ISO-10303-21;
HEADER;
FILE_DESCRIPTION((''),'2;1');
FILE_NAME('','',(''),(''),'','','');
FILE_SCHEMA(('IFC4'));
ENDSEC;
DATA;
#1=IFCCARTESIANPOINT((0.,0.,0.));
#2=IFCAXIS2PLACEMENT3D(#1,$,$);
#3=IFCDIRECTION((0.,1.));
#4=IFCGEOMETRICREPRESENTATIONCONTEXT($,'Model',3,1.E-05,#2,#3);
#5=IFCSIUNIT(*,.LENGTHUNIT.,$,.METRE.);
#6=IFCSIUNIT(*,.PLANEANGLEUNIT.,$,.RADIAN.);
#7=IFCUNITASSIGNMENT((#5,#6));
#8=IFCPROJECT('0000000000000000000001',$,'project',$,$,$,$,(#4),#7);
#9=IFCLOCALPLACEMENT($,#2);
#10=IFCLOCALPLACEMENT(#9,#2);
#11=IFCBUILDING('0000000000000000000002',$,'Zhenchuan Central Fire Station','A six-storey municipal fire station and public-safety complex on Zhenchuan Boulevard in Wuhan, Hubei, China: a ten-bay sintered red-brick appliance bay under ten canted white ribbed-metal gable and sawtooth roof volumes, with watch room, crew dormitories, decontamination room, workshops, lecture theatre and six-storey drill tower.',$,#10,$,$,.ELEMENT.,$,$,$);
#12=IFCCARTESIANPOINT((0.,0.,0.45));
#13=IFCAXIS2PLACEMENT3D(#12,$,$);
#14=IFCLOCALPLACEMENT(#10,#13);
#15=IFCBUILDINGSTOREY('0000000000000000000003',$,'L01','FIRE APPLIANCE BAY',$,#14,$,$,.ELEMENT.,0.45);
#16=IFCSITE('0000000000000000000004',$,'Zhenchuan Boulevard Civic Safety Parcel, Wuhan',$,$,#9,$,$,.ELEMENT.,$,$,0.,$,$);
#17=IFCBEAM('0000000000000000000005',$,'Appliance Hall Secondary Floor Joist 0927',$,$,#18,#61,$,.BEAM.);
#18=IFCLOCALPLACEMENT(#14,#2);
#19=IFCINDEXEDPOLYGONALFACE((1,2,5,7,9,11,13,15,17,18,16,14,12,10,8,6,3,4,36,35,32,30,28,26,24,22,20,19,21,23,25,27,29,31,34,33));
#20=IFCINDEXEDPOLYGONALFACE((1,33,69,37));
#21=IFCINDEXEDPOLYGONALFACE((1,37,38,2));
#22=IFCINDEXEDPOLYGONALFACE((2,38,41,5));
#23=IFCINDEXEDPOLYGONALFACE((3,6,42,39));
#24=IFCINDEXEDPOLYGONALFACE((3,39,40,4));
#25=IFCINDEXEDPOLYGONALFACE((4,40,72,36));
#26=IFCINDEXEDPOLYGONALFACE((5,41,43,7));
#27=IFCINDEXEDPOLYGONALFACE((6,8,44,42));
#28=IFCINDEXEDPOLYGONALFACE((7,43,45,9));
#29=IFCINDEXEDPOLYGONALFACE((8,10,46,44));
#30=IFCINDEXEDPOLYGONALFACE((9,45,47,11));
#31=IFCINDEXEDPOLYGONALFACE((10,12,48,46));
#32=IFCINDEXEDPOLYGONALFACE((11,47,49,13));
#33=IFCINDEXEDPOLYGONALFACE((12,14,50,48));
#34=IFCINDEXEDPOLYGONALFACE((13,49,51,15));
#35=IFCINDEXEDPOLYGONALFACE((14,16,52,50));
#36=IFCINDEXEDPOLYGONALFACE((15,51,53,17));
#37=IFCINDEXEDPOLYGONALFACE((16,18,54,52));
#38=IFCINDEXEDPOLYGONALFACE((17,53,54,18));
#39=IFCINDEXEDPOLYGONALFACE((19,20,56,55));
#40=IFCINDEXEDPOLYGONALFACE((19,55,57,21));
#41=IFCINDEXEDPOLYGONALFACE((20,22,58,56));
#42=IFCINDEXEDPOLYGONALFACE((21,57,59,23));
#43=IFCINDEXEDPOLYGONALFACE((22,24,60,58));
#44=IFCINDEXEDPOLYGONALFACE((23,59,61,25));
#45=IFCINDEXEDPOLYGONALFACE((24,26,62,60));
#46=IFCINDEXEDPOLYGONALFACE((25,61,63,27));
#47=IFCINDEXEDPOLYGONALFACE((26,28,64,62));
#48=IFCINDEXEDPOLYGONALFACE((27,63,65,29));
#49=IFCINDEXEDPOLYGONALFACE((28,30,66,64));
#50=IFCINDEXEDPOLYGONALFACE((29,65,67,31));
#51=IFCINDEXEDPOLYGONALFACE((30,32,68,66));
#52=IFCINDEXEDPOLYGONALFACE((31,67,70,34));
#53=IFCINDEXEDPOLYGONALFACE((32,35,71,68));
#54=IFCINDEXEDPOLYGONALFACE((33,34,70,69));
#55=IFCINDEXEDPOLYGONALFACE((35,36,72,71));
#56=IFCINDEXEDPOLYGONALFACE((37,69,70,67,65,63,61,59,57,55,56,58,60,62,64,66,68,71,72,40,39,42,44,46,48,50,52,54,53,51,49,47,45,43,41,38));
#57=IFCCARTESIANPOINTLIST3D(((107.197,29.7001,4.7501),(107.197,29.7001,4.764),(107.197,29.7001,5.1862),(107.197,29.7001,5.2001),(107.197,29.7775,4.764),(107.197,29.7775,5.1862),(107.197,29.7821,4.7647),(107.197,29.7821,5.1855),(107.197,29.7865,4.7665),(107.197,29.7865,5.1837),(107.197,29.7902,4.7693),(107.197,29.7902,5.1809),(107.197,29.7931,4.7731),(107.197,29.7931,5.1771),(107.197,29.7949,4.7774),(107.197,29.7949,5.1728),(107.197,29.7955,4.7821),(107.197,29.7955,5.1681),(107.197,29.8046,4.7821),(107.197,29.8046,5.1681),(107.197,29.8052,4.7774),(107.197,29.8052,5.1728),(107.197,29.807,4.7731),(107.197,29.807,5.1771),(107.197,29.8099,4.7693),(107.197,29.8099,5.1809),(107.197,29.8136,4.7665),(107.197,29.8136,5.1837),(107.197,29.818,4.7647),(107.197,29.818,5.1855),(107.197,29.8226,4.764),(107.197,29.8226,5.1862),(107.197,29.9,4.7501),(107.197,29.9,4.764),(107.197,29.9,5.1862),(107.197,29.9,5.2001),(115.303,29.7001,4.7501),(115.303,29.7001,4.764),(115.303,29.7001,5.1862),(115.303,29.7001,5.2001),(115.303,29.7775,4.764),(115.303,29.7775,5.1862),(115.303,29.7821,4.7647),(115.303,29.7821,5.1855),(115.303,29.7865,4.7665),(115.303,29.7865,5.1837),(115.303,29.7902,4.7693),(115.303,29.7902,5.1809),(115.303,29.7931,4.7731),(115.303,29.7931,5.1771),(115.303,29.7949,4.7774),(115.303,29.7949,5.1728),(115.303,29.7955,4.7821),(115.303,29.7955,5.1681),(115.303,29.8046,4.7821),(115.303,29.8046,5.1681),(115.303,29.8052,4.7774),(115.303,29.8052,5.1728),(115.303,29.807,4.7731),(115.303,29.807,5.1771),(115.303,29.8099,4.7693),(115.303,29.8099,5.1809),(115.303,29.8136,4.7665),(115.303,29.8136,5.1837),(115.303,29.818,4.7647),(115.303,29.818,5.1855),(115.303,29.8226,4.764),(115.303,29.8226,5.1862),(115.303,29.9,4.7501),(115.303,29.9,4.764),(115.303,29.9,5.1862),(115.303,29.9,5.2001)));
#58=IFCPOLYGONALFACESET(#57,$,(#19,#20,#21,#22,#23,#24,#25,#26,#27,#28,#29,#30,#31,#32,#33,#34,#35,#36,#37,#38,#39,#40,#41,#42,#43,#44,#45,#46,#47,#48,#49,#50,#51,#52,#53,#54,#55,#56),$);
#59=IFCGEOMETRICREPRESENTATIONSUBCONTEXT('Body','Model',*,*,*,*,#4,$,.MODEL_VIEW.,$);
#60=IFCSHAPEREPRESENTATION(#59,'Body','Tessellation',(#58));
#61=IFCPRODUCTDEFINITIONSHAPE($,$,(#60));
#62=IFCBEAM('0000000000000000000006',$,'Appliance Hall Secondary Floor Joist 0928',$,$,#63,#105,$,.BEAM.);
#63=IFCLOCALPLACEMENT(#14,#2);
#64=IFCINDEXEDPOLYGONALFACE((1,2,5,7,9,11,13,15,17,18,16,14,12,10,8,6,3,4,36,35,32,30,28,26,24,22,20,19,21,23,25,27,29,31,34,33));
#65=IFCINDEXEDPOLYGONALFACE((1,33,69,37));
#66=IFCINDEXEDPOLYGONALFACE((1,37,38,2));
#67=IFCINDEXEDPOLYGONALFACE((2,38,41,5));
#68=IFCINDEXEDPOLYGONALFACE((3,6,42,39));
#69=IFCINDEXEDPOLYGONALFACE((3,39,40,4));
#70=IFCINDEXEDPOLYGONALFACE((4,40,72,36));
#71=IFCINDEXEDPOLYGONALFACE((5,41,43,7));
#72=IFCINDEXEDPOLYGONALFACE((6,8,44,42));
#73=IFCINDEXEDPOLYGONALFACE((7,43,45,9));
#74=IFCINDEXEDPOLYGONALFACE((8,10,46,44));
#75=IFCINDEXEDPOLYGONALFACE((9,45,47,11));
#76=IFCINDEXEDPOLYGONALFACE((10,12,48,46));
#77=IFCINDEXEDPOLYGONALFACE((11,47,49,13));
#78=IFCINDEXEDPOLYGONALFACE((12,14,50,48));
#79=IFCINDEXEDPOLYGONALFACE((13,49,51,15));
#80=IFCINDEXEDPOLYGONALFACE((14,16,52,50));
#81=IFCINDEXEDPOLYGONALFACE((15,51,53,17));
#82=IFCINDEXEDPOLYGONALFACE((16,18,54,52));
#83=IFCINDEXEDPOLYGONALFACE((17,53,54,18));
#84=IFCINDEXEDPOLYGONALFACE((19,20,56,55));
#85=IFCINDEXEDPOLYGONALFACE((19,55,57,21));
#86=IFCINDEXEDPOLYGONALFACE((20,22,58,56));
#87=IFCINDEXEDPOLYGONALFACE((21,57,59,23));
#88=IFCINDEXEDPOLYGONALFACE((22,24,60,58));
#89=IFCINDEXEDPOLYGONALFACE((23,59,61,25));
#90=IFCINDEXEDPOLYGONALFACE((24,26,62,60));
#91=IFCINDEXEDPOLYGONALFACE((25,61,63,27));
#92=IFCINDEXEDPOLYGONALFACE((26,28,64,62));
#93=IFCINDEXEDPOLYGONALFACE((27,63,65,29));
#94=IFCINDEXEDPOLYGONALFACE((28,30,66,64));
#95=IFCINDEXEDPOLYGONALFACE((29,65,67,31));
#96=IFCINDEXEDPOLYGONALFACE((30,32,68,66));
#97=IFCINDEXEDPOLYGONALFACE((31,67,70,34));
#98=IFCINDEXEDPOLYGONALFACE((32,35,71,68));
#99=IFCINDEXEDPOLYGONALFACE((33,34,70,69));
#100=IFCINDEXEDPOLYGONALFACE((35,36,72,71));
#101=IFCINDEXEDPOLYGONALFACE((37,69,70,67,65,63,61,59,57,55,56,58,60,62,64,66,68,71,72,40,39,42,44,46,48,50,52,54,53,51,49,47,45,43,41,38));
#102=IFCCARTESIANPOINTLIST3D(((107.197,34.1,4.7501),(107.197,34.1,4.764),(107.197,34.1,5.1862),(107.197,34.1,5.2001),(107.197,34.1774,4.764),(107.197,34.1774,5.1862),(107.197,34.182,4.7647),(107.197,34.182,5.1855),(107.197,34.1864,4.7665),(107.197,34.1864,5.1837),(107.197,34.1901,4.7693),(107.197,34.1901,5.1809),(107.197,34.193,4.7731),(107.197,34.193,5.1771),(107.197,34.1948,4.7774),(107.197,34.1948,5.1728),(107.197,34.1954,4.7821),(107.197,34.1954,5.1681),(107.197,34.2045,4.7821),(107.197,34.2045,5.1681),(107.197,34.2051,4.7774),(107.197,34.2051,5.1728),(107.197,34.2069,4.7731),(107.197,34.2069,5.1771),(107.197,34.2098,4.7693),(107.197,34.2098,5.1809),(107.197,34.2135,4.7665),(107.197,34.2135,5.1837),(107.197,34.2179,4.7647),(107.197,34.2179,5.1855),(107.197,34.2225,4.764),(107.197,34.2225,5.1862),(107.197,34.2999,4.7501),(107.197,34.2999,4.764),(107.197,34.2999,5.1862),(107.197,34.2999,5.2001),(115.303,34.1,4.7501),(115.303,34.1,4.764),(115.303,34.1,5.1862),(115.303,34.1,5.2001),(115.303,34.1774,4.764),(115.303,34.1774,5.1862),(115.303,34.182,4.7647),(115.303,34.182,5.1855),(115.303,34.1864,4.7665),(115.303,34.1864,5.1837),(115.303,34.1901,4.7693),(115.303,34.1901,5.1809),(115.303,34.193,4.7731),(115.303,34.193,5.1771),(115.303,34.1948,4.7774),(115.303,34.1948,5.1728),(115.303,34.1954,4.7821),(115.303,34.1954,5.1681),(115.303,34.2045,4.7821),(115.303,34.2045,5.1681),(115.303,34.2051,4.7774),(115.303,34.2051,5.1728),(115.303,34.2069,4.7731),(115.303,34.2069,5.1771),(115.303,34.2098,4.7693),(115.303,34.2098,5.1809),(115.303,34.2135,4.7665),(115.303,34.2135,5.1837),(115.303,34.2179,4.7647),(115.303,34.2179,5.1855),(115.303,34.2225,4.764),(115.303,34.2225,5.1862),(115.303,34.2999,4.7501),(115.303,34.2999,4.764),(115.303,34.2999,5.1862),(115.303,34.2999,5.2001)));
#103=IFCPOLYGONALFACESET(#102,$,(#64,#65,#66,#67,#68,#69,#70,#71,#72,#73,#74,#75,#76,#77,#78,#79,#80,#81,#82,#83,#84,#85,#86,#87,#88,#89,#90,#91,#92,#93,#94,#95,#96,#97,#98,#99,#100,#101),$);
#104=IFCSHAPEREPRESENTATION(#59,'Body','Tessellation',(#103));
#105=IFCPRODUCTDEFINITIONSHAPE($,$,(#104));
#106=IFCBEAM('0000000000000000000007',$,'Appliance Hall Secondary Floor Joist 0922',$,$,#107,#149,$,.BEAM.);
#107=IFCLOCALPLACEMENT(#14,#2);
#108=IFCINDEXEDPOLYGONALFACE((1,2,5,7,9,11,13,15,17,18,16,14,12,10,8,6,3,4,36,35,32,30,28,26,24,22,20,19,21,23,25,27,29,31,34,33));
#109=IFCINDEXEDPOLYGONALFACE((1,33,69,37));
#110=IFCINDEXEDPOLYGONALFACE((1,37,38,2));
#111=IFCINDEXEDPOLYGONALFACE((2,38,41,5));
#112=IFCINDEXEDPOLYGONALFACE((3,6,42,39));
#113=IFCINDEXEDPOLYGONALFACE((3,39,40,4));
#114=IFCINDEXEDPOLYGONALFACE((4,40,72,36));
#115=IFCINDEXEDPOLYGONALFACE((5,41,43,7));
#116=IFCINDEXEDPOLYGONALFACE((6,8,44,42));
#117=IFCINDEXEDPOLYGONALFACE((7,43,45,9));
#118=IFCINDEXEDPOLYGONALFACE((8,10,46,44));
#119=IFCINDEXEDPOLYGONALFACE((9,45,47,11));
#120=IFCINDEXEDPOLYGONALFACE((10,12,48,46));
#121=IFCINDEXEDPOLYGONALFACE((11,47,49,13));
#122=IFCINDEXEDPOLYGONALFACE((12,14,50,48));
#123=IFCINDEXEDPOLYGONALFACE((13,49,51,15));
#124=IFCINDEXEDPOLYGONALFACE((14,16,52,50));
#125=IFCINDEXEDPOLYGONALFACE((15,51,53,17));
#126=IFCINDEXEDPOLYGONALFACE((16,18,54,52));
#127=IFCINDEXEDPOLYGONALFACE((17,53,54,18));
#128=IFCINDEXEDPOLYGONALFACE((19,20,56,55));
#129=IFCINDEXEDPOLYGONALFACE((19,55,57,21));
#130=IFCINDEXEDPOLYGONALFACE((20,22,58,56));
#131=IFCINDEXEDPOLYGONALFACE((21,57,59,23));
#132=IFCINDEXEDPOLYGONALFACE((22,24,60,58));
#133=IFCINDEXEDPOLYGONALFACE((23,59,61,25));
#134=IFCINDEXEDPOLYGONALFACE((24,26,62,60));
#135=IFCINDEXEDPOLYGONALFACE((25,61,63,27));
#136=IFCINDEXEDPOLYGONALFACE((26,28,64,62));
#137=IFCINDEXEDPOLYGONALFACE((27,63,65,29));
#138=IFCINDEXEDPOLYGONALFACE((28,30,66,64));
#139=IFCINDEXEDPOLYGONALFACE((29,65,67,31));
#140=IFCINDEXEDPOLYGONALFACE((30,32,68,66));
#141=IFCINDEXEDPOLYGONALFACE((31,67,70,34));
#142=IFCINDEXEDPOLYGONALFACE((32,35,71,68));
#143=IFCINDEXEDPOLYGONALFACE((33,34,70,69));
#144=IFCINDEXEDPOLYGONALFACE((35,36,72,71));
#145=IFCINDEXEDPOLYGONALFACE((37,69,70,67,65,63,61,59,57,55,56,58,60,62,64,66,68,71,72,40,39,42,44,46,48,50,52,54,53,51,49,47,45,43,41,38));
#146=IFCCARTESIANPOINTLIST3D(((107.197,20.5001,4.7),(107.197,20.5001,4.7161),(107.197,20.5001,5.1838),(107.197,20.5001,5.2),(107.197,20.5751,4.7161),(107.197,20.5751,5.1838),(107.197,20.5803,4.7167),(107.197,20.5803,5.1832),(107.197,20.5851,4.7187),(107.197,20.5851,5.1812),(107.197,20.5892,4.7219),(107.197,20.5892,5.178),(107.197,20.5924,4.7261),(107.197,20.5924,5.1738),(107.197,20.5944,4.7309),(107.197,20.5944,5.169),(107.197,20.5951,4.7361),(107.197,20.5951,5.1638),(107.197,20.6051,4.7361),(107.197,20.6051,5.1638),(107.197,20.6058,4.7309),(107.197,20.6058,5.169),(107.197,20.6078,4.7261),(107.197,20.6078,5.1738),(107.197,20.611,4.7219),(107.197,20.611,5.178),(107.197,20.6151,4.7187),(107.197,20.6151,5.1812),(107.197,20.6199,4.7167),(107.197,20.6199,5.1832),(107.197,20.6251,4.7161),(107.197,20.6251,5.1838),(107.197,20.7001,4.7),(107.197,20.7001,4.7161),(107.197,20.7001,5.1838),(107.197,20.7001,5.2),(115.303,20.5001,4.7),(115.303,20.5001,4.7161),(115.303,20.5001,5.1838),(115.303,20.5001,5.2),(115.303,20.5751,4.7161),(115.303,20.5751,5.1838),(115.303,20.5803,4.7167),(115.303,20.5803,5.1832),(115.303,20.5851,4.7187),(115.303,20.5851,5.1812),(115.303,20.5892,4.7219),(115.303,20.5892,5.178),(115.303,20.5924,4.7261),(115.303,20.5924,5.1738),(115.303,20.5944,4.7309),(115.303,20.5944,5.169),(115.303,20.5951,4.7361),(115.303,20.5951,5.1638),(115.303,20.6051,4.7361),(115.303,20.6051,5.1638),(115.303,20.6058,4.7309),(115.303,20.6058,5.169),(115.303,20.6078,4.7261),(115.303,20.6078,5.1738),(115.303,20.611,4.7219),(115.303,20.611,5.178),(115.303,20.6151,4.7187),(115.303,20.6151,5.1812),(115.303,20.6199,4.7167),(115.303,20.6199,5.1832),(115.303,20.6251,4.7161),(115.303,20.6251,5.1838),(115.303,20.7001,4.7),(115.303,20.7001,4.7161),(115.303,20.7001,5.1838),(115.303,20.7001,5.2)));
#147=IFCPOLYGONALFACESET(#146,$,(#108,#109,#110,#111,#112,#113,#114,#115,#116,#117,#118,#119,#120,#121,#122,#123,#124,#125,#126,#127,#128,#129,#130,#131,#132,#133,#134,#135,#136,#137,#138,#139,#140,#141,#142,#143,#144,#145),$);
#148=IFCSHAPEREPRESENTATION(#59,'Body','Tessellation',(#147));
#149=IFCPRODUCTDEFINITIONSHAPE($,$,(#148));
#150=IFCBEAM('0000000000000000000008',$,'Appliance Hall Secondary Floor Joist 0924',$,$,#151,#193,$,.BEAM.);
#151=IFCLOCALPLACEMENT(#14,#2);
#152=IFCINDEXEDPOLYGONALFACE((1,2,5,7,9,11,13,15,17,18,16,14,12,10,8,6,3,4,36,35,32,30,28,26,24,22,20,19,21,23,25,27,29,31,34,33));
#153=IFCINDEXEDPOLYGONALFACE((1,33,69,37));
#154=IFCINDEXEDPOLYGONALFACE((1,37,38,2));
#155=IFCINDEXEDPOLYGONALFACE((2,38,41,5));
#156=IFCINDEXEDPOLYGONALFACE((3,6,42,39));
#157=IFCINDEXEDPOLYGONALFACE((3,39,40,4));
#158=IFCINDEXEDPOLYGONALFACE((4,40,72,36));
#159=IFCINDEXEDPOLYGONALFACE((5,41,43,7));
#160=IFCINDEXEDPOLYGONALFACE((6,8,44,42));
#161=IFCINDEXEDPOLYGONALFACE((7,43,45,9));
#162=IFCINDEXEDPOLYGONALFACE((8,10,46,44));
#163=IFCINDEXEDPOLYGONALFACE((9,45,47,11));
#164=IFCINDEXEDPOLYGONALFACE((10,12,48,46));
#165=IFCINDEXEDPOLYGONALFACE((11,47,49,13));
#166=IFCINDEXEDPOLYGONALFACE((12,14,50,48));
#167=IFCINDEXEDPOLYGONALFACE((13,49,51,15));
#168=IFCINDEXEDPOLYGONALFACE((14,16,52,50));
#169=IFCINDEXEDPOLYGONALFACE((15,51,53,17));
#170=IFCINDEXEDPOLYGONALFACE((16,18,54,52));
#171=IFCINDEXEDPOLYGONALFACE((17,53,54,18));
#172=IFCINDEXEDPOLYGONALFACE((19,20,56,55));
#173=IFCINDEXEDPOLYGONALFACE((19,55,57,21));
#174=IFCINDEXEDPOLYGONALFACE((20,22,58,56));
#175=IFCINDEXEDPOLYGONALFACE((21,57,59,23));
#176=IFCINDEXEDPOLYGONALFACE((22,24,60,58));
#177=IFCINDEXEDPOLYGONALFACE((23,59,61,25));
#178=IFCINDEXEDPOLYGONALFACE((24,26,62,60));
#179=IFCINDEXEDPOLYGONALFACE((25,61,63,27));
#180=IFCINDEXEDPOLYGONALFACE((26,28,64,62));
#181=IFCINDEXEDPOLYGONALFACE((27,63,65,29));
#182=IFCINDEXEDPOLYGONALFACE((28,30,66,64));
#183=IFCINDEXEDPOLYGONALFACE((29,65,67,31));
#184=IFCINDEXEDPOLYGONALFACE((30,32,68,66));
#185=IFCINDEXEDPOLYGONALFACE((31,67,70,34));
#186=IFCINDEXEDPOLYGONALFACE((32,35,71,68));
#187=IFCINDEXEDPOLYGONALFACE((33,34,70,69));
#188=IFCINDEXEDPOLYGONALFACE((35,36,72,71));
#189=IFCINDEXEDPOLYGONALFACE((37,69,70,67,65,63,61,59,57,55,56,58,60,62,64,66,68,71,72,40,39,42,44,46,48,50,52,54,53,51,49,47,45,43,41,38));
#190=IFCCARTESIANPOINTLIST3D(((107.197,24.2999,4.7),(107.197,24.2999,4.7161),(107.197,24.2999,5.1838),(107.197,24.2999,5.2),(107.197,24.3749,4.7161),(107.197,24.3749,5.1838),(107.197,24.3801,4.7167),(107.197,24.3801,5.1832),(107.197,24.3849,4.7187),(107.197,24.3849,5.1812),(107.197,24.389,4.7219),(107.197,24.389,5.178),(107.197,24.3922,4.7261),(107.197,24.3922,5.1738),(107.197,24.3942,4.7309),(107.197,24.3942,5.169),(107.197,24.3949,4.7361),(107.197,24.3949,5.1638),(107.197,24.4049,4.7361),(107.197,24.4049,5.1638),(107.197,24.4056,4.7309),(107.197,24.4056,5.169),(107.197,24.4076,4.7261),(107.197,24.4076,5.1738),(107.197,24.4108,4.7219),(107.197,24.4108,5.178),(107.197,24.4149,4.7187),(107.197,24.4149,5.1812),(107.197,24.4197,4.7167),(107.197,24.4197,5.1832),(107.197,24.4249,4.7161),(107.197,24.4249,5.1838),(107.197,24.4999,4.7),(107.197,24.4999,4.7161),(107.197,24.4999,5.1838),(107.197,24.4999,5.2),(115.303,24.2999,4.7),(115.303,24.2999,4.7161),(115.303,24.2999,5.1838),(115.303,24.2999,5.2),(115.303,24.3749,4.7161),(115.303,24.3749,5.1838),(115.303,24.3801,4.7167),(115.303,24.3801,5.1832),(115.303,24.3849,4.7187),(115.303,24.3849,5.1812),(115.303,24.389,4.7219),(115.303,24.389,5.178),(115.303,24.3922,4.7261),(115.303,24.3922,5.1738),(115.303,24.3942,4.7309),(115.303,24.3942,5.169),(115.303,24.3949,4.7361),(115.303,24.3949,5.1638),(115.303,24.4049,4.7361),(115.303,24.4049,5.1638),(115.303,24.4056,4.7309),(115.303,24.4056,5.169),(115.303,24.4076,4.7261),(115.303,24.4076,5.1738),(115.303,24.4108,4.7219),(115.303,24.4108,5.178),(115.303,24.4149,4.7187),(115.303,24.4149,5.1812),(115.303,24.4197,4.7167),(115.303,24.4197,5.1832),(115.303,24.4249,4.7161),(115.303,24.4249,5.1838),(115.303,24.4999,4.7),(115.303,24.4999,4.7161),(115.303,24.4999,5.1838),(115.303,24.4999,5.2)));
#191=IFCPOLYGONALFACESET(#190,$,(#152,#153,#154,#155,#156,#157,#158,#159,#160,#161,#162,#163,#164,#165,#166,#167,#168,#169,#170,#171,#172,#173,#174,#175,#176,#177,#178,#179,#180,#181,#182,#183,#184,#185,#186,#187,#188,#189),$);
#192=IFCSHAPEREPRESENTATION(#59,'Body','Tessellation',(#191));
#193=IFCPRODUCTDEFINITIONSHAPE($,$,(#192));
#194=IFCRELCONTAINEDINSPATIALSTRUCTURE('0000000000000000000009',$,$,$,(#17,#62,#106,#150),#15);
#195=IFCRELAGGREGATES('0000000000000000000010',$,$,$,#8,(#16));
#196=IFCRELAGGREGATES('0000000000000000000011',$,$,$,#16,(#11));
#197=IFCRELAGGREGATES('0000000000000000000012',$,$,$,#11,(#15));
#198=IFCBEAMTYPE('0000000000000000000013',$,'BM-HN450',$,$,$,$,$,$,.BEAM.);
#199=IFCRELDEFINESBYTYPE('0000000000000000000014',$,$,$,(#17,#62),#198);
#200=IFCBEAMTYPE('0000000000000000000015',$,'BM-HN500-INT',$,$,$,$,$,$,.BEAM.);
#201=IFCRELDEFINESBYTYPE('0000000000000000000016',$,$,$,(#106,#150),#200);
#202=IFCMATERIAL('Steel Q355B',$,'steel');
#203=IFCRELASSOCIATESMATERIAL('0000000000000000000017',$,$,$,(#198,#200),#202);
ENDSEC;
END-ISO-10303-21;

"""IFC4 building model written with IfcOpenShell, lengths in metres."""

from ifc_helpers import new_model, si_unit, direction, frame, origin, origin_2d, place, context, subcontext, project, spatial, i_section, extrude, material, material_profile, profile_set, type_object, element, save


model = new_model("IFC4")

# Units and contexts
model_context = context("Model", 3, precision=1e-05, world=origin(), true_north=direction((0.0, 1.0)))
body_context = subcontext(model_context, "Body", "Model", "MODEL_VIEW")
ifc_project = project(units=[si_unit("LENGTHUNIT", "METRE"), si_unit("PLANEANGLEUNIT", "RADIAN")], contexts=[model_context])

# Site, building, storey
site_placement = place(None, origin())
site = spatial("IfcSite", under=ifc_project, at=site_placement, Name="Zhenchuan Boulevard Civic Safety Parcel, Wuhan", CompositionType="ELEMENT", RefElevation=0.0)
building_placement = place(site_placement, origin())
building = spatial("IfcBuilding", under=site, at=building_placement, Name="Zhenchuan Central Fire Station", Description="A six-storey municipal fire station and public-safety complex on Zhenchuan Boulevard in Wuhan, Hubei, China: a ten-bay sintered red-brick appliance bay under ten canted white ribbed-metal gable and sawtooth roof volumes, with watch room, crew dormitories, decontamination room, workshops, lecture theatre and six-storey drill tower.", CompositionType="ELEMENT")
storey_placement = place(building_placement, frame((0.0, 0.0, 0.45)))
storey = spatial("IfcBuildingStorey", under=building, at=storey_placement, Name="L01", Description="FIRE APPLIANCE BAY", CompositionType="ELEMENT", Elevation=0.45)

# Shared definitions
ifc_material_1 = material(Name="Steel Q355B", Category="steel")

# Beams
ifc_material_profile_1 = material_profile(ifc_material_1, i_section(OverallWidth=0.2, OverallDepth=0.45, WebThickness=0.009, FlangeThickness=0.0139, FilletRadius=0.0181, at=origin_2d()), Name="HN 450x200")
ifc_profile_set_1 = profile_set([ifc_material_profile_1], Name="Steel Q355B")
beam_type_1 = type_object("IfcBeamType", Name="BM-HN450", PredefinedType="BEAM", material=ifc_profile_set_1)
for number, where, z_axis, x_axis, name in (
    (1, (107.197, 29.8, 4.9751), (1.0, 0.0, 0.0), (0.0, 1.0, 0.0), "Appliance Hall Secondary Floor Joist 0927"),
    (2, (107.197, 34.2, 4.9751), (1.0, 0.0, 0.0), (0.0, 1.0, 0.0), "Appliance Hall Secondary Floor Joist 0928"),
):
    element("IfcBeam", number, at=place(storey_placement, frame(where, z_axis=z_axis, x_axis=x_axis)), inside=storey, type_object=beam_type_1, Name=name, PredefinedType="BEAM", context=body_context, shape_type="SweptSolid", body=[
        extrude(i_section(OverallWidth=0.2, OverallDepth=0.45, WebThickness=0.009, FlangeThickness=0.0139, FilletRadius=0.0181, at=origin_2d()), origin(), (0.0, 0.0, 1.0), 8.106),
    ])
ifc_material_profile_2 = material_profile(ifc_material_1, i_section(OverallWidth=0.2, OverallDepth=0.5, WebThickness=0.01, FlangeThickness=0.0161, FilletRadius=0.02, at=origin_2d()), Name="HN 500x200")
ifc_profile_set_2 = profile_set([ifc_material_profile_2], Name="Steel Q355B")
beam_type_2 = type_object("IfcBeamType", Name="BM-HN500-INT", PredefinedType="BEAM", material=ifc_profile_set_2)
for number, where, z_axis, x_axis, name in (
    (3, (107.197, 20.6001, 4.95), (1.0, 0.0, 0.0), (0.0, 1.0, 0.0), "Appliance Hall Secondary Floor Joist 0922"),
    (4, (107.197, 24.3999, 4.95), (1.0, 0.0, 0.0), (0.0, 1.0, 0.0), "Appliance Hall Secondary Floor Joist 0924"),
):
    element("IfcBeam", number, at=place(storey_placement, frame(where, z_axis=z_axis, x_axis=x_axis)), inside=storey, type_object=beam_type_2, Name=name, PredefinedType="BEAM", context=body_context, shape_type="SweptSolid", body=[
        extrude(i_section(OverallWidth=0.2, OverallDepth=0.5, WebThickness=0.01, FlangeThickness=0.0161, FilletRadius=0.02, at=origin_2d()), origin(), (0.0, 0.0, 1.0), 8.106),
    ])

save(model, "model.ifc")
